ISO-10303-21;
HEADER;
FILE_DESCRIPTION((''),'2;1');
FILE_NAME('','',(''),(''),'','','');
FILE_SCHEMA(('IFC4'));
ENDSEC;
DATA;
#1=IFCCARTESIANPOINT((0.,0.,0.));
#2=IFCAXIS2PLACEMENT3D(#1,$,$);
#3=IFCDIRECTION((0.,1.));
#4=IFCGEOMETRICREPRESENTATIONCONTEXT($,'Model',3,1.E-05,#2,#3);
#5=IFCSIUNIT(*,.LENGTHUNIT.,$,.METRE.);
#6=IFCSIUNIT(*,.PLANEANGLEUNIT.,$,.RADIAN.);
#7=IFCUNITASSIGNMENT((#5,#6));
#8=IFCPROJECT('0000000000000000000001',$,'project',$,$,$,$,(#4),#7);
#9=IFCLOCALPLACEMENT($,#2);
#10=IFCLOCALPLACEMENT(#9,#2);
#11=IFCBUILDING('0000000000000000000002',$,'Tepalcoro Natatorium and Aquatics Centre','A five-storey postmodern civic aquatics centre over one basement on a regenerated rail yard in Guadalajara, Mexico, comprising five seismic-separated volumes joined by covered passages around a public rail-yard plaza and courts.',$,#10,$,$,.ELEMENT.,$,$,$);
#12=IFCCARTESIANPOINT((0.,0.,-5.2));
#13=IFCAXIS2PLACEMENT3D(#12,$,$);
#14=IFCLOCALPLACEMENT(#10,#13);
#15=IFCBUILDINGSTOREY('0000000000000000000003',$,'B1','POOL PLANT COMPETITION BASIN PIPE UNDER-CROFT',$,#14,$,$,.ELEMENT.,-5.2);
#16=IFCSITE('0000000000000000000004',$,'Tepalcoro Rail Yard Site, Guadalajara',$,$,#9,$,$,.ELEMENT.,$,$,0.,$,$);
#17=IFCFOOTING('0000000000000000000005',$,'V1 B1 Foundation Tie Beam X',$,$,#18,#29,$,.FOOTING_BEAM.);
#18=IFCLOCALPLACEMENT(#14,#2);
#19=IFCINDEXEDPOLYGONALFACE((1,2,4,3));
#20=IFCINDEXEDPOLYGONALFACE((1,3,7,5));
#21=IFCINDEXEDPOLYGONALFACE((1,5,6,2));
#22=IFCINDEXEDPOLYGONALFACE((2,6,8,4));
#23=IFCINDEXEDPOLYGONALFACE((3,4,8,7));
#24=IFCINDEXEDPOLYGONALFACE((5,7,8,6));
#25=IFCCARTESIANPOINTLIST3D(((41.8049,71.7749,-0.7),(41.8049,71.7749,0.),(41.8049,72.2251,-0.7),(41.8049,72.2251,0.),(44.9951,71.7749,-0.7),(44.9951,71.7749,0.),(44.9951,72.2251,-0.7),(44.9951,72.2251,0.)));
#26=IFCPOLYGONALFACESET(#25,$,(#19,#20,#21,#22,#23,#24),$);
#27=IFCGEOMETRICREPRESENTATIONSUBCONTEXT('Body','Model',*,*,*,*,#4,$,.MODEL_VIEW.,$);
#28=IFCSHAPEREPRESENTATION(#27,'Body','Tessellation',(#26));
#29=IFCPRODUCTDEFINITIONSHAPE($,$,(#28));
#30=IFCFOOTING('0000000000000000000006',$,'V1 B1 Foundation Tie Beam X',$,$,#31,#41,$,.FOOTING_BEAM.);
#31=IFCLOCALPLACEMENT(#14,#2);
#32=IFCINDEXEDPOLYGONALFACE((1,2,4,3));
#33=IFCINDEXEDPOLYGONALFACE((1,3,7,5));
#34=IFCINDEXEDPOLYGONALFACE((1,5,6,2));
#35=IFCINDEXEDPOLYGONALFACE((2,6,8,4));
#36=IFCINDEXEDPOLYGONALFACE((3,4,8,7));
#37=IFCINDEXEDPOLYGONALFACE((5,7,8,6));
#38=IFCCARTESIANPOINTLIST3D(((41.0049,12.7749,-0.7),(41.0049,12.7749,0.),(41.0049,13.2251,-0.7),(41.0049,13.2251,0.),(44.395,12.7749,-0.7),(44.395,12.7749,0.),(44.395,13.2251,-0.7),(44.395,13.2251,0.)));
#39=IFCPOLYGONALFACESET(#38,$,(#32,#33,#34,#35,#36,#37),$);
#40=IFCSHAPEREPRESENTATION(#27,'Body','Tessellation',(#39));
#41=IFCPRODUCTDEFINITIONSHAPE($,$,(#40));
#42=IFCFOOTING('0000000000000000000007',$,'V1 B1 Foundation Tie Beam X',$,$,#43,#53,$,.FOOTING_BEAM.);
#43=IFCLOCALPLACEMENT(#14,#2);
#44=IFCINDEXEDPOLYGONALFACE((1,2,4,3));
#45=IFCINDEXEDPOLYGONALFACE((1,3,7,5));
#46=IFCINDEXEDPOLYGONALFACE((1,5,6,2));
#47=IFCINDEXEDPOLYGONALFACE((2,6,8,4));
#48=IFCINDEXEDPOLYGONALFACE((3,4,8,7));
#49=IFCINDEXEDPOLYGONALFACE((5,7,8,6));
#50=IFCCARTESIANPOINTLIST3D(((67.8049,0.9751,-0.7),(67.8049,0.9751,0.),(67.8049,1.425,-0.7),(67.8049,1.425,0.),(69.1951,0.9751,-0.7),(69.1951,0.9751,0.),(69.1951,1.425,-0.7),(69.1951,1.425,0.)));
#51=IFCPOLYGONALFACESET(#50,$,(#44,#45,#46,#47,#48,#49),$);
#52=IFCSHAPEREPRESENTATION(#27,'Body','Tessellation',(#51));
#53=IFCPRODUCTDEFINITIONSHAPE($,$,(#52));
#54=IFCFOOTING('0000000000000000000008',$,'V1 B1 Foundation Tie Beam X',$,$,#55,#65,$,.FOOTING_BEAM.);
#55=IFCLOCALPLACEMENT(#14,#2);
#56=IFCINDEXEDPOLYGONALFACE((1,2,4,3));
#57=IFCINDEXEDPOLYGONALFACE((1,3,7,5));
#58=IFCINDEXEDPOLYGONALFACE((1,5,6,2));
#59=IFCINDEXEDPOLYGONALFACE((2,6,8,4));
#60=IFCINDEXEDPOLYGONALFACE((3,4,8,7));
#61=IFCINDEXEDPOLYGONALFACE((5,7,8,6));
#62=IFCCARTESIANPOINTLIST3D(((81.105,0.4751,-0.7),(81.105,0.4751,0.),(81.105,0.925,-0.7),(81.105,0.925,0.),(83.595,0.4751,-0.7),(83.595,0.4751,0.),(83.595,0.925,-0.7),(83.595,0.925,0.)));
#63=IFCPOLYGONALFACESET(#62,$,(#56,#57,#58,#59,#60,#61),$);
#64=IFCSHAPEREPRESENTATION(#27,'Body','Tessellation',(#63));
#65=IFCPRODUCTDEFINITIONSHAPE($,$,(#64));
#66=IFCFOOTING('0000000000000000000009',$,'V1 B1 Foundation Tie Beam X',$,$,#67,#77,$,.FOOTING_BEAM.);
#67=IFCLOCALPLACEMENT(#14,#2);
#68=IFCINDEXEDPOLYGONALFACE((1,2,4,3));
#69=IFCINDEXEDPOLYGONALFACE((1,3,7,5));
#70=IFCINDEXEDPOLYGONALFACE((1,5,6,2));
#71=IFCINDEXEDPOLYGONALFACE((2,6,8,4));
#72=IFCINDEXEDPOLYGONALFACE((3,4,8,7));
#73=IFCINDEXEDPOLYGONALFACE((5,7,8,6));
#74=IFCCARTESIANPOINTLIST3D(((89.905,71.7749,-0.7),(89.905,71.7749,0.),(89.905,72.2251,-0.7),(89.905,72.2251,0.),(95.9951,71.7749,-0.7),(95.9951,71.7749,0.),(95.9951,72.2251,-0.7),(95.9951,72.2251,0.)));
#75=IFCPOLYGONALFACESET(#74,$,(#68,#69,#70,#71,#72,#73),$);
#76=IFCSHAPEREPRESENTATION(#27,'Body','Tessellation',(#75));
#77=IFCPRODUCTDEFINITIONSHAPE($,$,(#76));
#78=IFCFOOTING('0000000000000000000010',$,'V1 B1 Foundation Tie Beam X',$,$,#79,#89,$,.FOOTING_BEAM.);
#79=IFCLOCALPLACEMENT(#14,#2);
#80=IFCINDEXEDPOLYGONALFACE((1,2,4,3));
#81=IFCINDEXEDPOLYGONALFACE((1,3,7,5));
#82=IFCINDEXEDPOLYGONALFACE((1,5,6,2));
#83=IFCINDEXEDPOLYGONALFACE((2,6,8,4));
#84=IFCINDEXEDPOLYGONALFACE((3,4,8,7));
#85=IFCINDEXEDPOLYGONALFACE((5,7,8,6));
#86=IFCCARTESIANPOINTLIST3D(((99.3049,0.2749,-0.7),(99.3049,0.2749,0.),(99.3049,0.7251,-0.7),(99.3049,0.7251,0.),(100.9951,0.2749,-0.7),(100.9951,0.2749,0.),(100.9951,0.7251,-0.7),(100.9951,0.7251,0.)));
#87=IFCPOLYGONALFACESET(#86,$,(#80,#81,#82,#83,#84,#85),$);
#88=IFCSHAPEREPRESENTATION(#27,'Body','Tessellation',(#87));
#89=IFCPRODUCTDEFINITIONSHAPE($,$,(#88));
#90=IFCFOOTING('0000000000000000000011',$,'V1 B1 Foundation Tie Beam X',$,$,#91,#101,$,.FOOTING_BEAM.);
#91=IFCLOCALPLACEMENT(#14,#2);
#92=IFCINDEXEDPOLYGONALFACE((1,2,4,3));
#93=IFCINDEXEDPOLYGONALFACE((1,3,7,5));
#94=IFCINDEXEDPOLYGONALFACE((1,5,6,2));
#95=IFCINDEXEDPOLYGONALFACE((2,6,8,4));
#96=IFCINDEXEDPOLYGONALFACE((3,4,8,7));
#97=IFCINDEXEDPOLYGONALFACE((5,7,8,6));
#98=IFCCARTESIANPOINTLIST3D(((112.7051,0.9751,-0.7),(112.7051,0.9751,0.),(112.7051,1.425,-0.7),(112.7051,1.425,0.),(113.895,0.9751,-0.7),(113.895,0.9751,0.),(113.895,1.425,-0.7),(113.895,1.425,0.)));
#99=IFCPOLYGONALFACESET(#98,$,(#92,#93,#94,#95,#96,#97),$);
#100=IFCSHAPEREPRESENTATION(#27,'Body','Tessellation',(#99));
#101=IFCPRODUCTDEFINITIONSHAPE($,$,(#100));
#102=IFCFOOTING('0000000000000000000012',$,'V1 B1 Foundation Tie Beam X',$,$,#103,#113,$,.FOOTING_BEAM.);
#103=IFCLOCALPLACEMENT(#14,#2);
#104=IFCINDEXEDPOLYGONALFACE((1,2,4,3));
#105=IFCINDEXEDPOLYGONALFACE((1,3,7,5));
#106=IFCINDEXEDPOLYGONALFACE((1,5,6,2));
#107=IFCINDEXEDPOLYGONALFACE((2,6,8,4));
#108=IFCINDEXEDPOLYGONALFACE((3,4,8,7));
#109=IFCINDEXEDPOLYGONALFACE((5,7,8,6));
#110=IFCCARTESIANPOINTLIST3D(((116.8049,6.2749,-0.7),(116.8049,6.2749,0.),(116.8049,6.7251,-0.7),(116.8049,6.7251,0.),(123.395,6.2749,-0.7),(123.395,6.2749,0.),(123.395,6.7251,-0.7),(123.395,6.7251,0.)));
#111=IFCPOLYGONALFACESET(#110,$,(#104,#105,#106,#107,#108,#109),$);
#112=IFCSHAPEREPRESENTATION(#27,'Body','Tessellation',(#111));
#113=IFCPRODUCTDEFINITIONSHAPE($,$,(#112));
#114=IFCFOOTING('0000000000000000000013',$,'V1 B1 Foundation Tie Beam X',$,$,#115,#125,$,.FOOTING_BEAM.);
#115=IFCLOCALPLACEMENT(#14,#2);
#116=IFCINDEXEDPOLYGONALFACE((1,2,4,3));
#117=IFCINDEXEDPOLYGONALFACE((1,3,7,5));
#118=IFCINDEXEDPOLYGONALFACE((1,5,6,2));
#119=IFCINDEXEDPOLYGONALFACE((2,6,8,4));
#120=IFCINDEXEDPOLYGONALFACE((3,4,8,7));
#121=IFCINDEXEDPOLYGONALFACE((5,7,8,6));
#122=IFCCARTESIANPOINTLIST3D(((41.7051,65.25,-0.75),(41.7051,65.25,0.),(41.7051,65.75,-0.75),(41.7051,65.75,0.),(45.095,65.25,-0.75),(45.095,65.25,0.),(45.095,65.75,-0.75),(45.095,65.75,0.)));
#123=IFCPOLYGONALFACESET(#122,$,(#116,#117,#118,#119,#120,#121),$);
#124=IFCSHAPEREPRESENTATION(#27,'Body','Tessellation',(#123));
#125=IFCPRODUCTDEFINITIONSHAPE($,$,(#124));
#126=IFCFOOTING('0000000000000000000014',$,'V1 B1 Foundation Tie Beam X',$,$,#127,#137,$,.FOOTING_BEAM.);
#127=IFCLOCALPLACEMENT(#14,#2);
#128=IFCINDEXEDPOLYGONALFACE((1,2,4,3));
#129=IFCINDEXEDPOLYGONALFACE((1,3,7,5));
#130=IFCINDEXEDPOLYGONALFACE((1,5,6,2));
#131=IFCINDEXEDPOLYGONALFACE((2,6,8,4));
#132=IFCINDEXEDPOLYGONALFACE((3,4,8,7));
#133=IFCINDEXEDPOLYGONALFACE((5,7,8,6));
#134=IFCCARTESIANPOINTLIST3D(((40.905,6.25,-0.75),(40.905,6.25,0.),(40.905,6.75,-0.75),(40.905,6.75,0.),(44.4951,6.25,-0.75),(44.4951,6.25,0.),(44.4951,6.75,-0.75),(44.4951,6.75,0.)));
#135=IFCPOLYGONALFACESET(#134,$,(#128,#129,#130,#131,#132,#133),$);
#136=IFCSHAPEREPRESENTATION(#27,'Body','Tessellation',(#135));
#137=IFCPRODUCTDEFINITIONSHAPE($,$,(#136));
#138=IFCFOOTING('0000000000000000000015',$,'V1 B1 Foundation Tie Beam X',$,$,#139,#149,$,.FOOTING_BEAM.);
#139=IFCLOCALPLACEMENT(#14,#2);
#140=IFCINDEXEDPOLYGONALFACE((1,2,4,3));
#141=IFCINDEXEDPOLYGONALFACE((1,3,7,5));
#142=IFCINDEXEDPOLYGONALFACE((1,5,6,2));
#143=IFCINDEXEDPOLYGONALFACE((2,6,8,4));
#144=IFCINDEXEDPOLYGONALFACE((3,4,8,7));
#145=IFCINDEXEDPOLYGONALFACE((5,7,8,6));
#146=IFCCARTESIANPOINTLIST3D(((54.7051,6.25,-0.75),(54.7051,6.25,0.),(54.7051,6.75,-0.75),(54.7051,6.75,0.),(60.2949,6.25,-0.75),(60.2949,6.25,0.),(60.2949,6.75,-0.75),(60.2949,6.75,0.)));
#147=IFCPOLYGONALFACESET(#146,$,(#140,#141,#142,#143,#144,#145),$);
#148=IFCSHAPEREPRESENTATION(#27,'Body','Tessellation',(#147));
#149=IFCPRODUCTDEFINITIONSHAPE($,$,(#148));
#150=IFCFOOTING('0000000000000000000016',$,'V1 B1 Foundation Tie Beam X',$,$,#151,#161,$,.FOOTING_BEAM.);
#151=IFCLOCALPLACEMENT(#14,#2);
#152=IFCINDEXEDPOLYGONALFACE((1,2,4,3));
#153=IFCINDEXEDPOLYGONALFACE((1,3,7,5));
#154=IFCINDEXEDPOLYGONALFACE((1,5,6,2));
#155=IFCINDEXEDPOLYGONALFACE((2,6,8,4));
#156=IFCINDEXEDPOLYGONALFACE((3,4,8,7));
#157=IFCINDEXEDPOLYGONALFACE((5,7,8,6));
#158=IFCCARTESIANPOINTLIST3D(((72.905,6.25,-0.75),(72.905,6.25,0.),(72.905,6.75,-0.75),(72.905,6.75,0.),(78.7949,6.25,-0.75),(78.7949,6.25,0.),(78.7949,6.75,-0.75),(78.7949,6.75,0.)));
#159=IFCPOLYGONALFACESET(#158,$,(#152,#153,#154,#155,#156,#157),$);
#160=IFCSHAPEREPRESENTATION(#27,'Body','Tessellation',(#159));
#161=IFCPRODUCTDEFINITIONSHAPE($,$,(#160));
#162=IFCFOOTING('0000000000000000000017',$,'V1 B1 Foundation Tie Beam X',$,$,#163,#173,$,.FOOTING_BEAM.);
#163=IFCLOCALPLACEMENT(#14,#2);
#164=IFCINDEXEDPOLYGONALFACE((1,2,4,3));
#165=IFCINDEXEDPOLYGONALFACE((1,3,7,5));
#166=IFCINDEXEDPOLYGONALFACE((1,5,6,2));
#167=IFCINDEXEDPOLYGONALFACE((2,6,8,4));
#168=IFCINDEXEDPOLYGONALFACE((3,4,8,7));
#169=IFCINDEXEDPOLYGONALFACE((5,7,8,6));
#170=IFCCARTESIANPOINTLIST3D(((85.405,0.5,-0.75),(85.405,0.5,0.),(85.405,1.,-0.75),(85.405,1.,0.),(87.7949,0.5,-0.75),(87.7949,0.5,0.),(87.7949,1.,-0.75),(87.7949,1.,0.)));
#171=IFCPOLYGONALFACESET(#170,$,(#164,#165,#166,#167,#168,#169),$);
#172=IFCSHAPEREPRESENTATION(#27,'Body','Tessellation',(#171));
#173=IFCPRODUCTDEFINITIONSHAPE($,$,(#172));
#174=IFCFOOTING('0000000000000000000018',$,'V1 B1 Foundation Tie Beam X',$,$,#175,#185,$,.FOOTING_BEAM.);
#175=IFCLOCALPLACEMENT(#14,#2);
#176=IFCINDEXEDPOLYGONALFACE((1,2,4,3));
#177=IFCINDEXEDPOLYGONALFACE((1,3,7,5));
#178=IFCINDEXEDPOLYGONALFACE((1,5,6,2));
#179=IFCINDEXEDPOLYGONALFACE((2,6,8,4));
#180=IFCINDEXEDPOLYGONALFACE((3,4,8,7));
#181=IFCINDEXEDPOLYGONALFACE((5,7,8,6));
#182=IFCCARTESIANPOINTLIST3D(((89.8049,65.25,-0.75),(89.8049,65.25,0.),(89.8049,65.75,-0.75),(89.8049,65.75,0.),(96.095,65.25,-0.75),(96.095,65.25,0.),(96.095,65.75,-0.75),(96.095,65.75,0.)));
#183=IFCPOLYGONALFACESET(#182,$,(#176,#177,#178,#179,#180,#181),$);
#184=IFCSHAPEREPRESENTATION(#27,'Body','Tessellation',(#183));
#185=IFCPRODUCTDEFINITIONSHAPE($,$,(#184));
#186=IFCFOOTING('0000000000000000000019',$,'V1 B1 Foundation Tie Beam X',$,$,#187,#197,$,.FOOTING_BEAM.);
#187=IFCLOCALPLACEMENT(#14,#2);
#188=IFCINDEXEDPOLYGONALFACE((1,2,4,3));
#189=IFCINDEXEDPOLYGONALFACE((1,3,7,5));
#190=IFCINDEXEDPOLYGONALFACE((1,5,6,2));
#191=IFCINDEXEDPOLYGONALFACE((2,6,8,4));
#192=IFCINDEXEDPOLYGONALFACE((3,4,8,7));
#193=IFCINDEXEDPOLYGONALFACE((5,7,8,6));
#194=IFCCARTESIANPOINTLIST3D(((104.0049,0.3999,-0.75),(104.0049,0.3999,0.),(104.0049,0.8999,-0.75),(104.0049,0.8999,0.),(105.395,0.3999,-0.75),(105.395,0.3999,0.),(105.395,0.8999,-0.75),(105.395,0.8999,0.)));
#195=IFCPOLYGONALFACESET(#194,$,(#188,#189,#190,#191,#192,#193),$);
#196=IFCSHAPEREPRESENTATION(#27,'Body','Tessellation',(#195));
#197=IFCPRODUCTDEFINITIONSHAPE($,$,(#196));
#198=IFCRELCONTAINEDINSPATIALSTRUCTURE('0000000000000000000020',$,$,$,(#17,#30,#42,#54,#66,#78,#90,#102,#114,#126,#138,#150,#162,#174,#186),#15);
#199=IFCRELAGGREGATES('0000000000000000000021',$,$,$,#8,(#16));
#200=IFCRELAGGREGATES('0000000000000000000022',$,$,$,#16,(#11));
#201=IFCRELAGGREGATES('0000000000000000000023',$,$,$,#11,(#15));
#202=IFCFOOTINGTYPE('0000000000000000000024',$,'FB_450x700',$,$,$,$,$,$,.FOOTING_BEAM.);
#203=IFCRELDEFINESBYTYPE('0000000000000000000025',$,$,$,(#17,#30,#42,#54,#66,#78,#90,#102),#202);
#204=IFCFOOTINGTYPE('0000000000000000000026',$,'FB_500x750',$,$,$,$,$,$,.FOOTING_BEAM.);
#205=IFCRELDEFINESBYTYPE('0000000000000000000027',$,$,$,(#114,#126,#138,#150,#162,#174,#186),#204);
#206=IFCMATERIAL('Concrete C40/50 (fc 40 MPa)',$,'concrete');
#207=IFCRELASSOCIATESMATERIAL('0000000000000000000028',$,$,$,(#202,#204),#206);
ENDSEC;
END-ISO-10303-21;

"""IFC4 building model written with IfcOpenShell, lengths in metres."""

from ifc_helpers import new_model, si_unit, direction, frame, origin, place, context, subcontext, project, spatial, polyline, outline, extrude, material, type_object, element, save


model = new_model("IFC4")

# Units and contexts
model_context = context("Model", 3, precision=1e-05, world=origin(), true_north=direction((0.0, 1.0)))
body_context = subcontext(model_context, "Body", "Model", "MODEL_VIEW")
ifc_project = project(units=[si_unit("LENGTHUNIT", "METRE"), si_unit("PLANEANGLEUNIT", "RADIAN")], contexts=[model_context])

# Site, building, storey
site_placement = place(None, origin())
site = spatial("IfcSite", under=ifc_project, at=site_placement, Name="Tepalcoro Rail Yard Site, Guadalajara", CompositionType="ELEMENT", RefElevation=0.0)
building_placement = place(site_placement, origin())
building = spatial("IfcBuilding", under=site, at=building_placement, Name="Tepalcoro Natatorium and Aquatics Centre", Description="A five-storey postmodern civic aquatics centre over one basement on a regenerated rail yard in Guadalajara, Mexico, comprising five seismic-separated volumes joined by covered passages around a public rail-yard plaza and courts.", CompositionType="ELEMENT")
storey_placement = place(building_placement, frame((0.0, 0.0, -5.2)))
storey = spatial("IfcBuildingStorey", under=building, at=storey_placement, Name="B1", Description="POOL PLANT COMPETITION BASIN PIPE UNDER-CROFT", CompositionType="ELEMENT", Elevation=-5.2)

# Footings
ifc_material = material(Name="Concrete C40/50 (fc 40 MPa)", Category="concrete")
footing_type_1 = type_object("IfcFootingType", Name="FB_450x700", PredefinedType="FOOTING_BEAM", material=ifc_material)
footing_1_placement = place(storey_placement, frame((0.0, 0.0, -0.7)))
element("IfcFooting", 1, at=footing_1_placement, inside=storey, type_object=footing_type_1, Name="V1 B1 Foundation Tie Beam X", PredefinedType="FOOTING_BEAM", context=body_context, shape_type="SweptSolid", body=[
    extrude(outline(polyline([(41.8049, 71.7749), (44.9951, 71.7749), (44.9951, 72.2251), (41.8049, 72.2251), (41.8049, 71.7749)])), origin(), (0.0, 0.0, 1.0), 0.7),
])
footing_2_placement = place(storey_placement, frame((0.0, 0.0, -0.7)))
element("IfcFooting", 2, at=footing_2_placement, inside=storey, type_object=footing_type_1, Name="V1 B1 Foundation Tie Beam X", PredefinedType="FOOTING_BEAM", context=body_context, shape_type="SweptSolid", body=[
    extrude(outline(polyline([(41.0049, 12.7749), (44.395, 12.7749), (44.395, 13.2251), (41.0049, 13.2251), (41.0049, 12.7749)])), origin(), (0.0, 0.0, 1.0), 0.7),
])
footing_3_placement = place(storey_placement, frame((0.0, 0.0, -0.7)))
element("IfcFooting", 3, at=footing_3_placement, inside=storey, type_object=footing_type_1, Name="V1 B1 Foundation Tie Beam X", PredefinedType="FOOTING_BEAM", context=body_context, shape_type="SweptSolid", body=[
    extrude(outline(polyline([(67.8049, 0.9751), (69.1951, 0.9751), (69.1951, 1.425), (67.8049, 1.425), (67.8049, 0.9751)])), origin(), (0.0, 0.0, 1.0), 0.7),
])
footing_4_placement = place(storey_placement, frame((0.0, 0.0, -0.7)))
element("IfcFooting", 4, at=footing_4_placement, inside=storey, type_object=footing_type_1, Name="V1 B1 Foundation Tie Beam X", PredefinedType="FOOTING_BEAM", context=body_context, shape_type="SweptSolid", body=[
    extrude(outline(polyline([(81.105, 0.4751), (83.595, 0.4751), (83.595, 0.925), (81.105, 0.925), (81.105, 0.4751)])), origin(), (0.0, 0.0, 1.0), 0.7),
])
footing_5_placement = place(storey_placement, frame((0.0, 0.0, -0.7)))
element("IfcFooting", 5, at=footing_5_placement, inside=storey, type_object=footing_type_1, Name="V1 B1 Foundation Tie Beam X", PredefinedType="FOOTING_BEAM", context=body_context, shape_type="SweptSolid", body=[
    extrude(outline(polyline([(89.905, 71.7749), (95.9951, 71.7749), (95.9951, 72.2251), (89.905, 72.2251), (89.905, 71.7749)])), origin(), (0.0, 0.0, 1.0), 0.7),
])
footing_6_placement = place(storey_placement, frame((0.0, 0.0, -0.7)))
element("IfcFooting", 6, at=footing_6_placement, inside=storey, type_object=footing_type_1, Name="V1 B1 Foundation Tie Beam X", PredefinedType="FOOTING_BEAM", context=body_context, shape_type="SweptSolid", body=[
    extrude(outline(polyline([(99.3049, 0.2749), (100.9951, 0.2749), (100.9951, 0.7251), (99.3049, 0.7251), (99.3049, 0.2749)])), origin(), (0.0, 0.0, 1.0), 0.7),
])
footing_7_placement = place(storey_placement, frame((0.0, 0.0, -0.7)))
element("IfcFooting", 7, at=footing_7_placement, inside=storey, type_object=footing_type_1, Name="V1 B1 Foundation Tie Beam X", PredefinedType="FOOTING_BEAM", context=body_context, shape_type="SweptSolid", body=[
    extrude(outline(polyline([(112.7051, 0.9751), (113.895, 0.9751), (113.895, 1.425), (112.7051, 1.425), (112.7051, 0.9751)])), origin(), (0.0, 0.0, 1.0), 0.7),
])
footing_8_placement = place(storey_placement, frame((0.0, 0.0, -0.7)))
element("IfcFooting", 8, at=footing_8_placement, inside=storey, type_object=footing_type_1, Name="V1 B1 Foundation Tie Beam X", PredefinedType="FOOTING_BEAM", context=body_context, shape_type="SweptSolid", body=[
    extrude(outline(polyline([(116.8049, 6.2749), (123.395, 6.2749), (123.395, 6.7251), (116.8049, 6.7251), (116.8049, 6.2749)])), origin(), (0.0, 0.0, 1.0), 0.7),
])
footing_type_2 = type_object("IfcFootingType", Name="FB_500x750", PredefinedType="FOOTING_BEAM", material=ifc_material)
footing_9_placement = place(storey_placement, frame((0.0, 0.0, -0.75)))
element("IfcFooting", 9, at=footing_9_placement, inside=storey, type_object=footing_type_2, Name="V1 B1 Foundation Tie Beam X", PredefinedType="FOOTING_BEAM", context=body_context, shape_type="SweptSolid", body=[
    extrude(outline(polyline([(41.7051, 65.25), (45.095, 65.25), (45.095, 65.75), (41.7051, 65.75), (41.7051, 65.25)])), origin(), (0.0, 0.0, 1.0), 0.75),
])
footing_10_placement = place(storey_placement, frame((0.0, 0.0, -0.75)))
element("IfcFooting", 10, at=footing_10_placement, inside=storey, type_object=footing_type_2, Name="V1 B1 Foundation Tie Beam X", PredefinedType="FOOTING_BEAM", context=body_context, shape_type="SweptSolid", body=[
    extrude(outline(polyline([(40.905, 6.25), (44.4951, 6.25), (44.4951, 6.75), (40.905, 6.75), (40.905, 6.25)])), origin(), (0.0, 0.0, 1.0), 0.75),
])
footing_11_placement = place(storey_placement, frame((0.0, 0.0, -0.75)))
element("IfcFooting", 11, at=footing_11_placement, inside=storey, type_object=footing_type_2, Name="V1 B1 Foundation Tie Beam X", PredefinedType="FOOTING_BEAM", context=body_context, shape_type="SweptSolid", body=[
    extrude(outline(polyline([(54.7051, 6.25), (60.2949, 6.25), (60.2949, 6.75), (54.7051, 6.75), (54.7051, 6.25)])), origin(), (0.0, 0.0, 1.0), 0.75),
])
footing_12_placement = place(storey_placement, frame((0.0, 0.0, -0.75)))
element("IfcFooting", 12, at=footing_12_placement, inside=storey, type_object=footing_type_2, Name="V1 B1 Foundation Tie Beam X", PredefinedType="FOOTING_BEAM", context=body_context, shape_type="SweptSolid", body=[
    extrude(outline(polyline([(72.905, 6.25), (78.7949, 6.25), (78.7949, 6.75), (72.905, 6.75), (72.905, 6.25)])), origin(), (0.0, 0.0, 1.0), 0.75),
])
footing_13_placement = place(storey_placement, frame((0.0, 0.0, -0.75)))
element("IfcFooting", 13, at=footing_13_placement, inside=storey, type_object=footing_type_2, Name="V1 B1 Foundation Tie Beam X", PredefinedType="FOOTING_BEAM", context=body_context, shape_type="SweptSolid", body=[
    extrude(outline(polyline([(85.405, 0.5), (87.7949, 0.5), (87.7949, 1.0), (85.405, 1.0), (85.405, 0.5)])), origin(), (0.0, 0.0, 1.0), 0.75),
])
footing_14_placement = place(storey_placement, frame((0.0, 0.0, -0.75)))
element("IfcFooting", 14, at=footing_14_placement, inside=storey, type_object=footing_type_2, Name="V1 B1 Foundation Tie Beam X", PredefinedType="FOOTING_BEAM", context=body_context, shape_type="SweptSolid", body=[
    extrude(outline(polyline([(89.8049, 65.25), (96.095, 65.25), (96.095, 65.75), (89.8049, 65.75), (89.8049, 65.25)])), origin(), (0.0, 0.0, 1.0), 0.75),
])
footing_15_placement = place(storey_placement, frame((0.0, 0.0, -0.75)))
element("IfcFooting", 15, at=footing_15_placement, inside=storey, type_object=footing_type_2, Name="V1 B1 Foundation Tie Beam X", PredefinedType="FOOTING_BEAM", context=body_context, shape_type="SweptSolid", body=[
    extrude(outline(polyline([(104.0049, 0.3999), (105.395, 0.3999), (105.395, 0.8999), (104.0049, 0.8999), (104.0049, 0.3999)])), origin(), (0.0, 0.0, 1.0), 0.75),
])

save(model, "model.ifc")
